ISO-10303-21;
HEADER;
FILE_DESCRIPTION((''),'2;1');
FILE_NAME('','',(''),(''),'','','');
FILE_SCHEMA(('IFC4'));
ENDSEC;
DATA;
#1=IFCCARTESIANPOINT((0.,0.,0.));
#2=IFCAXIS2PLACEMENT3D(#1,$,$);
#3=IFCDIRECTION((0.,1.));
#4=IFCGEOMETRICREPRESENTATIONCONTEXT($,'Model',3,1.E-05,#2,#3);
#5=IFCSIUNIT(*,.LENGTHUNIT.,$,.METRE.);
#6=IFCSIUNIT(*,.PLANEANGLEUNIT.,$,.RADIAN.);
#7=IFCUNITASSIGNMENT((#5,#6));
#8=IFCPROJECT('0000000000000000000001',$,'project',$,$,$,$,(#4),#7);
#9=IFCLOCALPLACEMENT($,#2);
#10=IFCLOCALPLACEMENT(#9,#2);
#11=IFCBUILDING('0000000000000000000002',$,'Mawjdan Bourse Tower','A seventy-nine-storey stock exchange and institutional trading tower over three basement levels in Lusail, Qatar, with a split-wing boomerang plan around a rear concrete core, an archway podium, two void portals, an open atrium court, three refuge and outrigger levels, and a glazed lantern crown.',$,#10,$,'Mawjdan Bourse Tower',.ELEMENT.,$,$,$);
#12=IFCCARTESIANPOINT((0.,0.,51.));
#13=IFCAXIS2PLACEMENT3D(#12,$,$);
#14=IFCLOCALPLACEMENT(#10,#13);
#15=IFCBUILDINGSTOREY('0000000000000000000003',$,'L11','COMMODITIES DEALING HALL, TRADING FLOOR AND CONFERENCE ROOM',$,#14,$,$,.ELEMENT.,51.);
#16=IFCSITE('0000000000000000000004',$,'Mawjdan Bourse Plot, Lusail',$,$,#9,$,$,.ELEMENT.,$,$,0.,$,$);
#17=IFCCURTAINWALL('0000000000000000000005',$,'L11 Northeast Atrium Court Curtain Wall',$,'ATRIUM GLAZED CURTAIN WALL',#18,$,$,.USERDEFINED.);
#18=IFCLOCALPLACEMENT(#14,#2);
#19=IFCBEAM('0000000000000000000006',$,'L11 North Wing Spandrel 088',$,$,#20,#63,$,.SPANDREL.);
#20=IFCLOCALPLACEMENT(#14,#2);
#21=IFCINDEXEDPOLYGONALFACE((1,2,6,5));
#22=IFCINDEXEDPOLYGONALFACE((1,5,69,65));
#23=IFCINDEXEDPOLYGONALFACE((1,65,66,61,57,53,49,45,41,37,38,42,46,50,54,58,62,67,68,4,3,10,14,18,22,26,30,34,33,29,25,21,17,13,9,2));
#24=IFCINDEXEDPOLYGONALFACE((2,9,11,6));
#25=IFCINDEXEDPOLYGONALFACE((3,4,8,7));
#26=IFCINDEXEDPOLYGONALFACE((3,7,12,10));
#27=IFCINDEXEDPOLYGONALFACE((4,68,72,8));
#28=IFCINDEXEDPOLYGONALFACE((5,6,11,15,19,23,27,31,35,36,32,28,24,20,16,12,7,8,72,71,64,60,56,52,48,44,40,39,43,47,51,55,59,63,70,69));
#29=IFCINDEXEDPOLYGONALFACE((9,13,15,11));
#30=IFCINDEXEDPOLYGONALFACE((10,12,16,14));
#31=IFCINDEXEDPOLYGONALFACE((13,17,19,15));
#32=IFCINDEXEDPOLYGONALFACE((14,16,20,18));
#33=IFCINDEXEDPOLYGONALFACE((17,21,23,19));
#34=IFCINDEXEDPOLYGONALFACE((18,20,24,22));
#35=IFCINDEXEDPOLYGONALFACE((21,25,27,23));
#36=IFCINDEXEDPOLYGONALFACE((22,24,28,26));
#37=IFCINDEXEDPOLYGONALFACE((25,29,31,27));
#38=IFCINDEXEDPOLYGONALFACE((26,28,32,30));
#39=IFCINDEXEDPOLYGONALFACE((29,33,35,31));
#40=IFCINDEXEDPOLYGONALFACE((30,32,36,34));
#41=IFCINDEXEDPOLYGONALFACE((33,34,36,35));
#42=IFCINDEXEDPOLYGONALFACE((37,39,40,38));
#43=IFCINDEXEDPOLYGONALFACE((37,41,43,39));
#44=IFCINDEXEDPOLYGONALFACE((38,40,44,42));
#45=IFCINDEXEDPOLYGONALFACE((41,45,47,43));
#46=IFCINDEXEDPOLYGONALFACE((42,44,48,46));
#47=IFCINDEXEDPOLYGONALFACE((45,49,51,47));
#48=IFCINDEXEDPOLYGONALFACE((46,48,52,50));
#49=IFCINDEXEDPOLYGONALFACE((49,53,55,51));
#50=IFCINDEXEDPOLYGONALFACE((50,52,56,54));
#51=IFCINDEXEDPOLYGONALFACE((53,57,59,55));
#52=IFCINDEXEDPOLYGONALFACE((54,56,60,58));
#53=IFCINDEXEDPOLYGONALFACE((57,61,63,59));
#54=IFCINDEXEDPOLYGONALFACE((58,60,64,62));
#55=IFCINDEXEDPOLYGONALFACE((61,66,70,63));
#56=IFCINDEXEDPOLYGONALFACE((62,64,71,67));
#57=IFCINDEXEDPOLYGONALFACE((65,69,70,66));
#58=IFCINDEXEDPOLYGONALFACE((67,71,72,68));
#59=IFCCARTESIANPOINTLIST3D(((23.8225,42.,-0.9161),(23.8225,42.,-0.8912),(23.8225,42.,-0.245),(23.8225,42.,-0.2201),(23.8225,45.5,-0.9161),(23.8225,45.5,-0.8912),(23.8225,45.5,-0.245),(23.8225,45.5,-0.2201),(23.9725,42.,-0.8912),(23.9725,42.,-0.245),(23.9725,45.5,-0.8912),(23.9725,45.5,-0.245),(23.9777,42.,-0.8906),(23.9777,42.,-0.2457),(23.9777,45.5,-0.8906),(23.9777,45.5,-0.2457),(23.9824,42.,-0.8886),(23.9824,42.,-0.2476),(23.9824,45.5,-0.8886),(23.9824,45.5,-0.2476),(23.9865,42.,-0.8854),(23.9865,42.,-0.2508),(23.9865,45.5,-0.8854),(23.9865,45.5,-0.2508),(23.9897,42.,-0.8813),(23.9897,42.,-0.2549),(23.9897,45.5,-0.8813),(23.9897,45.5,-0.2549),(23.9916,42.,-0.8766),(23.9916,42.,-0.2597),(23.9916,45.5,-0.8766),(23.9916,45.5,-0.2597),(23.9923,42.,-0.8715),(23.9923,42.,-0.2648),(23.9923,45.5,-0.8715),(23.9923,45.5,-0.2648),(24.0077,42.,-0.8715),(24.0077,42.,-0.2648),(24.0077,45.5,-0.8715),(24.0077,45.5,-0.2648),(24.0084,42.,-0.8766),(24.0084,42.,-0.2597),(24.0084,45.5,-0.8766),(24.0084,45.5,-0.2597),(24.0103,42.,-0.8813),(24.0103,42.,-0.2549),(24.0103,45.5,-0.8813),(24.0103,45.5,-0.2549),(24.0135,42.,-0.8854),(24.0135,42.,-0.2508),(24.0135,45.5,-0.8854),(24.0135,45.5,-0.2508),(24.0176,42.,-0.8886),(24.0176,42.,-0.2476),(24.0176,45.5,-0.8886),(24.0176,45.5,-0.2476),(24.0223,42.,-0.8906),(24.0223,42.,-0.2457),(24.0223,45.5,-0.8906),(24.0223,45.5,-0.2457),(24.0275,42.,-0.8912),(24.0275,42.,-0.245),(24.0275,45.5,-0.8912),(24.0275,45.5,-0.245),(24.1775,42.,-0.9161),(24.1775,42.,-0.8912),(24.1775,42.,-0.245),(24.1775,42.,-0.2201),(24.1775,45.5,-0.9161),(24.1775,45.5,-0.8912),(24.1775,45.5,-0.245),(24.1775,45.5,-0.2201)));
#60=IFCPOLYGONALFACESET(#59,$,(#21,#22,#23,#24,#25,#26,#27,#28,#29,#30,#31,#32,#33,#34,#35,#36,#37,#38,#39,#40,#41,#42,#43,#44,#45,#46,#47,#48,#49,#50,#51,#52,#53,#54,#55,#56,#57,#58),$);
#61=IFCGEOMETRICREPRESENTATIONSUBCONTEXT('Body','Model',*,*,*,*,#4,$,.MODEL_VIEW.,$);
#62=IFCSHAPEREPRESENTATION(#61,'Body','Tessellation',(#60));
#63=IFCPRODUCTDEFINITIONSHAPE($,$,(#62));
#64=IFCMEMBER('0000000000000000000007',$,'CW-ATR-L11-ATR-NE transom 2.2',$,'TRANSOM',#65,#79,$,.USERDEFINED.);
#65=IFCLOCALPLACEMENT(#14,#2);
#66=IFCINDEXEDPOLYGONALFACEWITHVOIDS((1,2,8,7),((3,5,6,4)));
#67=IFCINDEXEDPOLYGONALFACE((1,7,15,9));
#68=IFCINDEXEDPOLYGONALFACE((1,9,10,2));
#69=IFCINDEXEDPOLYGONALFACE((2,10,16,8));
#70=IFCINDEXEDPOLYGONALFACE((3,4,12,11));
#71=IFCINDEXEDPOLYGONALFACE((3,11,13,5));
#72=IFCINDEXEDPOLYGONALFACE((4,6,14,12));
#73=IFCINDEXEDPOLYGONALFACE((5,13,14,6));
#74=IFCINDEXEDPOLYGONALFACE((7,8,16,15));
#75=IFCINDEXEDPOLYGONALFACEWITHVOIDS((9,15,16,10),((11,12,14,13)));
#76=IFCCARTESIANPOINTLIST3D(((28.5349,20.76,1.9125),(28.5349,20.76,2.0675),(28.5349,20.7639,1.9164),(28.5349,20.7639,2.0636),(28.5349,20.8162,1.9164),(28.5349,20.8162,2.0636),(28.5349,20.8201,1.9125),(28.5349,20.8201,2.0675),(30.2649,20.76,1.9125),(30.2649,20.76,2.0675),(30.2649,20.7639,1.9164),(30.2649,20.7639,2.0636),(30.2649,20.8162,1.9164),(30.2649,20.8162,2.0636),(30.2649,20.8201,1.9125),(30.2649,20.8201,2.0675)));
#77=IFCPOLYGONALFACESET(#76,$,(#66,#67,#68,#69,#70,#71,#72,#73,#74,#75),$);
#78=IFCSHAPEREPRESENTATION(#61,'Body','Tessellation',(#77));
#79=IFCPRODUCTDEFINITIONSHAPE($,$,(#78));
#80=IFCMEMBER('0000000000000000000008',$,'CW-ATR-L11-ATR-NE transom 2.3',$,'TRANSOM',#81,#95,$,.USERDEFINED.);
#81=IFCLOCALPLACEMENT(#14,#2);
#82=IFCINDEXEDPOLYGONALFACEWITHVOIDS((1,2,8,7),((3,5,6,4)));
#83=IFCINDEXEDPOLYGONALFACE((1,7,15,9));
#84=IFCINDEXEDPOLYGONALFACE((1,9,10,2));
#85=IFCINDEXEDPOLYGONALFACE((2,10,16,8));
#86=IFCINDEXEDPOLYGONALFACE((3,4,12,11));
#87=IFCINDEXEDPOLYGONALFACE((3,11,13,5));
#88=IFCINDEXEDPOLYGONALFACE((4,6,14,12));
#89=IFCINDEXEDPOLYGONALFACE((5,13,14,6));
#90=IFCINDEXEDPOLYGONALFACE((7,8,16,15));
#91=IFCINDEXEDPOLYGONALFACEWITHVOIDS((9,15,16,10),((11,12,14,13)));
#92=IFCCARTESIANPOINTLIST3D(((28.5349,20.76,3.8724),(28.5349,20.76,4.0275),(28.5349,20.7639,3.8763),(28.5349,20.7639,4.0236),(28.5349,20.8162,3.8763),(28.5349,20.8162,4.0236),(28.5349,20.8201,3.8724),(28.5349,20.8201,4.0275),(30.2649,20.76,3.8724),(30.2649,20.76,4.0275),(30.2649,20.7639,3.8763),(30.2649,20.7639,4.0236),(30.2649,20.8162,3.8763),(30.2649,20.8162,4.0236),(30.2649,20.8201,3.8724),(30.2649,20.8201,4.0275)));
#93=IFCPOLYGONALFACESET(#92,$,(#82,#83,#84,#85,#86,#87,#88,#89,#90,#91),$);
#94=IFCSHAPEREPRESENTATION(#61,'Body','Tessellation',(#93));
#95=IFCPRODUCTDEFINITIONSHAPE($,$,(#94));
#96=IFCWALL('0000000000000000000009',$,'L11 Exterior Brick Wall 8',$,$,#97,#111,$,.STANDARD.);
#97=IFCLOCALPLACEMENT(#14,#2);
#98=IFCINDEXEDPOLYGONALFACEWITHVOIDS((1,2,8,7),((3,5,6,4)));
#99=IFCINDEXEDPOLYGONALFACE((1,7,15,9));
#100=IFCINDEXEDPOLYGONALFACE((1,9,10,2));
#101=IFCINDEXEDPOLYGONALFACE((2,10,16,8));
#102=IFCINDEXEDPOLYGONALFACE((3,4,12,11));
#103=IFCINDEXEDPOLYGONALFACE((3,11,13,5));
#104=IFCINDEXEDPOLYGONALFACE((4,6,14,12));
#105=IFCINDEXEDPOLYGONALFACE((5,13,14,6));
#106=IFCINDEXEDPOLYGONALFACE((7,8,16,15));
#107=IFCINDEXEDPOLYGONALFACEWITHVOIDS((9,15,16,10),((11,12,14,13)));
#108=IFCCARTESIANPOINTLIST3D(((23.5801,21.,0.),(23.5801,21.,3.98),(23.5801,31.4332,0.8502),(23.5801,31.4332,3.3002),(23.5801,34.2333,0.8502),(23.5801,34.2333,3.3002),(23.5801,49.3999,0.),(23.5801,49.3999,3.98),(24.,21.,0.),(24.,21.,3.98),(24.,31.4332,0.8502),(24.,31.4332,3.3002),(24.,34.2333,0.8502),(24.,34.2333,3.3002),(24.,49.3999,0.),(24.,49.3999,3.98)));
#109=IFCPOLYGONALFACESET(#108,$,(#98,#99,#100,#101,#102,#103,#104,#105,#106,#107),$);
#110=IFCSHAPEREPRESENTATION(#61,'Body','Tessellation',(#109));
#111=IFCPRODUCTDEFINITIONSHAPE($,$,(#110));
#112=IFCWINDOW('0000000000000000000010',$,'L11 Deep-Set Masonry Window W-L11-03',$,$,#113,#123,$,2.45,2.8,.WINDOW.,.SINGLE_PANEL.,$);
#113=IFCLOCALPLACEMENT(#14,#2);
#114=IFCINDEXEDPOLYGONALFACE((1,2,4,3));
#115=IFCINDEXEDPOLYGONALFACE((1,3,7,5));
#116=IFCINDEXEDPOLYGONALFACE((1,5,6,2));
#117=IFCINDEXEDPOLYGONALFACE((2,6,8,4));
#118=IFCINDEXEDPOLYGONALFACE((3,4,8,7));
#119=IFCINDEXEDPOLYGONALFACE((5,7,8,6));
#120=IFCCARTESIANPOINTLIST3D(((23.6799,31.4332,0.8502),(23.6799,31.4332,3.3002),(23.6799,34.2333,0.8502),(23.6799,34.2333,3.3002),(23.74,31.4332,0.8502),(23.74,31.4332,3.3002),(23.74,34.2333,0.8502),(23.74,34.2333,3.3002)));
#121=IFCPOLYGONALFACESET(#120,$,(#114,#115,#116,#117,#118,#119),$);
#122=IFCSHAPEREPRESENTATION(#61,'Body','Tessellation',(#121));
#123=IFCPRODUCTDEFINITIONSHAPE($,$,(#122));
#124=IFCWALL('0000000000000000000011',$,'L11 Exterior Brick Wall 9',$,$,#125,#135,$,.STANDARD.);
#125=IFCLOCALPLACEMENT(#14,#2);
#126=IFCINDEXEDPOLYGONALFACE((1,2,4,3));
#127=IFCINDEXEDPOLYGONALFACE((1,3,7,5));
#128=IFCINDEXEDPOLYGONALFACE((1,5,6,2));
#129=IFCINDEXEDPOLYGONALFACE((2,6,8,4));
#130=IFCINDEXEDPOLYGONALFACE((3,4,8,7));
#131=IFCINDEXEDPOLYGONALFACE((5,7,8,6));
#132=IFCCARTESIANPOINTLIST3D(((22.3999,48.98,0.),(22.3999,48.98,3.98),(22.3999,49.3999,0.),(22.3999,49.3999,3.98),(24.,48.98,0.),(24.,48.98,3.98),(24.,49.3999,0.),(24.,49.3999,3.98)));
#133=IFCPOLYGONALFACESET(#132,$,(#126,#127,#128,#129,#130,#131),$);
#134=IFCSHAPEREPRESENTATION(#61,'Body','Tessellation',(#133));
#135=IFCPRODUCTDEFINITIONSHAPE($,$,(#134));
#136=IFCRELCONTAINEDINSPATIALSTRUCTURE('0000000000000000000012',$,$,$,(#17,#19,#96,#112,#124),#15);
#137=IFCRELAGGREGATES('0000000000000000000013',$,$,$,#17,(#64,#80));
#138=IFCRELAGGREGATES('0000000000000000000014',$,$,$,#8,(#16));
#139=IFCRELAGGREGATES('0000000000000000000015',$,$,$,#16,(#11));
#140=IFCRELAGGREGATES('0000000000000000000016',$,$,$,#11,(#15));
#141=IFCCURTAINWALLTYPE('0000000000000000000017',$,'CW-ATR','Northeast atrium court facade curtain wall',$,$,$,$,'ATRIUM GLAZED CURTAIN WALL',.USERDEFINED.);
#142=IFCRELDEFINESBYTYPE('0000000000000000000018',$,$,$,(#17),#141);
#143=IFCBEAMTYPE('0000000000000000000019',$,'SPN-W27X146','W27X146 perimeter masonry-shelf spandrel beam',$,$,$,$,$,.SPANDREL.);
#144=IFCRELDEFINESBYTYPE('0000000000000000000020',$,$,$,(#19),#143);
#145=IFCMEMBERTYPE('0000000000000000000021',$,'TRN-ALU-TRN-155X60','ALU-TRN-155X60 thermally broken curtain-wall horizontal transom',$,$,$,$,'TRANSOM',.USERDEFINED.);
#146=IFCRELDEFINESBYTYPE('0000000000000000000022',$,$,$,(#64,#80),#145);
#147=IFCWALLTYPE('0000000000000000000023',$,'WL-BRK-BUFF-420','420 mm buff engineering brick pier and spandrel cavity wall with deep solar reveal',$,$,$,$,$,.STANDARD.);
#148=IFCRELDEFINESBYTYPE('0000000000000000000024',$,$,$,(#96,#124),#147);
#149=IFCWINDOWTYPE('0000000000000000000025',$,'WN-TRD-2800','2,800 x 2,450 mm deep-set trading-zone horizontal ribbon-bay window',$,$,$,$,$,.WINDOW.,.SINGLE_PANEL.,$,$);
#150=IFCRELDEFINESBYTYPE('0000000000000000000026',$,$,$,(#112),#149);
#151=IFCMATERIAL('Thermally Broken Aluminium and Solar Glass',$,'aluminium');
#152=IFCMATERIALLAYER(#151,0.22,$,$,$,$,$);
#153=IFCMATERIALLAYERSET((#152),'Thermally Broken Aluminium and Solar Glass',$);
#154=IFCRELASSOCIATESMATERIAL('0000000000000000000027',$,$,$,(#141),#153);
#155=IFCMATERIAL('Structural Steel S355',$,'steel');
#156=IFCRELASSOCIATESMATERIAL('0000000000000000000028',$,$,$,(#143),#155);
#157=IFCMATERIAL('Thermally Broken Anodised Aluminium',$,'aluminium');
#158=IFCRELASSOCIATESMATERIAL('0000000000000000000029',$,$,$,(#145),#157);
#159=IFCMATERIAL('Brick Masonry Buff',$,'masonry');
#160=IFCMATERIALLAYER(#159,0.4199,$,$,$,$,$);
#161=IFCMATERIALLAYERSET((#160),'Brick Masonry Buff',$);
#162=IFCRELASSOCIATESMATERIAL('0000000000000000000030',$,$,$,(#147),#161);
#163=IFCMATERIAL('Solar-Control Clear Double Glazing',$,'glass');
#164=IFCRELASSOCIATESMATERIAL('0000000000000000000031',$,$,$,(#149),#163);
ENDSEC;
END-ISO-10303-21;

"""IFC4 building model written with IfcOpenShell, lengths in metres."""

from ifc_helpers import new_model, si_unit, direction, frame, frame_2d, origin, origin_2d, place, context, subcontext, project, spatial, rectangle, hollow_rectangle, i_section, extrude, material, layer, layer_set, material_profile, profile_set, type_object, element, fill, aggregate, save


model = new_model("IFC4")

# Units and contexts
model_context = context("Model", 3, precision=1e-05, world=origin(), true_north=direction((0.0, 1.0)))
body_context = subcontext(model_context, "Body", "Model", "MODEL_VIEW")
ifc_project = project(units=[si_unit("LENGTHUNIT", "METRE"), si_unit("PLANEANGLEUNIT", "RADIAN")], contexts=[model_context])

# Site, building, storey
site_placement = place(None, origin())
site = spatial("IfcSite", under=ifc_project, at=site_placement, Name="Mawjdan Bourse Plot, Lusail", CompositionType="ELEMENT", RefElevation=0.0)
building_placement = place(site_placement, origin())
building = spatial("IfcBuilding", under=site, at=building_placement, Name="Mawjdan Bourse Tower", Description="A seventy-nine-storey stock exchange and institutional trading tower over three basement levels in Lusail, Qatar, with a split-wing boomerang plan around a rear concrete core, an archway podium, two void portals, an open atrium court, three refuge and outrigger levels, and a glazed lantern crown.", LongName="Mawjdan Bourse Tower", CompositionType="ELEMENT")
storey_placement = place(building_placement, frame((0.0, 0.0, 51.0)))
storey = spatial("IfcBuildingStorey", under=building, at=storey_placement, Name="L11", Description="COMMODITIES DEALING HALL, TRADING FLOOR AND CONFERENCE ROOM", CompositionType="ELEMENT", Elevation=51.0)

# Curtain wall
ifc_material_1 = material(Name="Thermally Broken Aluminium and Solar Glass", Category="aluminium")
ifc_layer_1 = layer(ifc_material_1, 0.22)
ifc_layer_set_1 = layer_set([ifc_layer_1], Name="Thermally Broken Aluminium and Solar Glass")
curtain_wall_type = type_object("IfcCurtainWallType", Name="CW-ATR", Description="Northeast atrium court facade curtain wall", ElementType="ATRIUM GLAZED CURTAIN WALL", PredefinedType="USERDEFINED", material=ifc_layer_set_1)
curtain_wall_placement = place(storey_placement, origin())
curtain_wall = element("IfcCurtainWall", 1, at=curtain_wall_placement, inside=storey, type_object=curtain_wall_type, Name="L11 Northeast Atrium Court Curtain Wall", ObjectType="ATRIUM GLAZED CURTAIN WALL", PredefinedType="USERDEFINED")
ifc_material_2 = material(Name="Thermally Broken Anodised Aluminium", Category="aluminium")

# Beam
ifc_material_3 = material(Name="Structural Steel S355", Category="steel")
ifc_material_profile_1 = material_profile(ifc_material_3, i_section(OverallWidth=0.355, OverallDepth=0.696, WebThickness=0.0154, FlangeThickness=0.0249, FilletRadius=0.0198, at=origin_2d()), Name="W27X146")
ifc_profile_set_1 = profile_set([ifc_material_profile_1], Name="Structural Steel S355")
beam_type = type_object("IfcBeamType", Name="SPN-W27X146", Description="W27X146 perimeter masonry-shelf spandrel beam", PredefinedType="SPANDREL", material=ifc_profile_set_1)
beam_1_placement = place(storey_placement, frame((24.0, 42.0, -0.5681), z_axis=(0.0, 1.0, 0.0), x_axis=(-1.0, 0.0, 0.0)))
element("IfcBeam", 2, at=beam_1_placement, inside=storey, type_object=beam_type, Name="L11 North Wing Spandrel 088", PredefinedType="SPANDREL", context=body_context, shape_type="SweptSolid", body=[
    extrude(i_section(OverallWidth=0.355, OverallDepth=0.696, WebThickness=0.0154, FlangeThickness=0.0249, FilletRadius=0.0198, at=origin_2d()), origin(), (0.0, 0.0, 1.0), 3.5),
])

# Members
ifc_material_profile_2 = material_profile(ifc_material_2, hollow_rectangle(XDim=0.0601, YDim=0.155, WallThickness=0.0039, at=origin_2d()), Name="ALU-TRN-155X60")
ifc_profile_set_2 = profile_set([ifc_material_profile_2], Name="Thermally Broken Anodised Aluminium")
member_type_1 = type_object("IfcMemberType", Name="TRN-ALU-TRN-155X60", Description="ALU-TRN-155X60 thermally broken curtain-wall horizontal transom", ElementType="TRANSOM", PredefinedType="USERDEFINED", material=ifc_profile_set_2)
member_1_placement = place(storey_placement, frame((30.2649, 20.79, 1.99), z_axis=(-1.0, 0.0, 0.0), x_axis=(0.0, -1.0, 0.0)))
member_1 = element("IfcMember", 3, at=member_1_placement, type_object=member_type_1, Name="CW-ATR-L11-ATR-NE transom 2.2", ObjectType="TRANSOM", PredefinedType="USERDEFINED", context=body_context, shape_type="SweptSolid", body=[
    extrude(hollow_rectangle(XDim=0.0601, YDim=0.155, WallThickness=0.0039, at=origin_2d()), origin(), (0.0, 0.0, 1.0), 1.73),
])
member_2_placement = place(storey_placement, frame((30.2649, 20.79, 3.95), z_axis=(-1.0, 0.0, 0.0), x_axis=(0.0, -1.0, 0.0)))
member_2 = element("IfcMember", 4, at=member_2_placement, type_object=member_type_1, Name="CW-ATR-L11-ATR-NE transom 2.3", ObjectType="TRANSOM", PredefinedType="USERDEFINED", context=body_context, shape_type="SweptSolid", body=[
    extrude(hollow_rectangle(XDim=0.0601, YDim=0.155, WallThickness=0.0039, at=origin_2d()), origin(), (0.0, 0.0, 1.0), 1.73),
])
aggregate(curtain_wall, [member_1, member_2])

# Wall, opening, window
ifc_material_4 = material(Name="Brick Masonry Buff", Category="masonry")
ifc_layer_2 = layer(ifc_material_4, 0.4199)
ifc_layer_set_2 = layer_set([ifc_layer_2], Name="Brick Masonry Buff")
wall_type = type_object("IfcWallType", Name="WL-BRK-BUFF-420", Description="420 mm buff engineering brick pier and spandrel cavity wall with deep solar reveal", PredefinedType="STANDARD", material=ifc_layer_set_2)
wall_1_placement = place(storey_placement, frame((23.79, 21.0, 0.0), z_axis=(0.0, 0.0, 1.0), x_axis=(0.0, 1.0, 0.0)))
wall_1 = element("IfcWall", 5, at=wall_1_placement, inside=storey, type_object=wall_type, Name="L11 Exterior Brick Wall 8", PredefinedType="STANDARD", context=body_context, shape_type="SweptSolid", body=[
    extrude(rectangle(XDim=28.3999, YDim=0.4199, at=frame_2d((14.2, 0.0))), origin(), (0.0, 0.0, 1.0), 3.98),
])
opening_placement = place(wall_1_placement, frame((10.4333, 0.0, 0.8501)))
opening = element("IfcOpeningElement", 6, at=opening_placement, cuts=wall_1, PredefinedType="OPENING", context=body_context, shape_type="SweptSolid", body=[
    extrude(rectangle(XDim=2.8, YDim=2.45, at=frame_2d((1.3999, 1.2251))), frame((0.0, 0.22, 0.0), z_axis=(0.0, -1.0, 0.0), x_axis=(1.0, 0.0, 0.0)), (0.0, 0.0, 1.0), 0.4399),
])
ifc_material_5 = material(Name="Solar-Control Clear Double Glazing", Category="glass")
window_type = type_object("IfcWindowType", Name="WN-TRD-2800", Description="2,800 x 2,450 mm deep-set trading-zone horizontal ribbon-bay window", PartitioningType="SINGLE_PANEL", PredefinedType="WINDOW", material=ifc_material_5)
window_placement = place(opening_placement, origin())
window = element("IfcWindow", 7, at=window_placement, inside=storey, type_object=window_type, Name="L11 Deep-Set Masonry Window W-L11-03", OverallHeight=2.45, OverallWidth=2.8, PartitioningType="SINGLE_PANEL", PredefinedType="WINDOW", context=body_context, shape_type="SweptSolid", body=[
    extrude(rectangle(XDim=2.8, YDim=2.45, at=frame_2d((1.3999, 1.2251))), frame((0.0, 0.1101, 0.0), z_axis=(0.0, -1.0, 0.0), x_axis=(1.0, 0.0, 0.0)), (0.0, 0.0, 1.0), 0.0601),
])
fill(opening, window)

# Wall
wall_2_placement = place(storey_placement, frame((24.0, 49.1899, 0.0), z_axis=(0.0, 0.0, 1.0), x_axis=(-1.0, 0.0, 0.0)))
element("IfcWall", 8, at=wall_2_placement, inside=storey, type_object=wall_type, Name="L11 Exterior Brick Wall 9", PredefinedType="STANDARD", context=body_context, shape_type="SweptSolid", body=[
    extrude(rectangle(XDim=1.6001, YDim=0.4199, at=frame_2d((0.8, 0.0))), origin(), (0.0, 0.0, 1.0), 3.98),
])

save(model, "model.ifc")
